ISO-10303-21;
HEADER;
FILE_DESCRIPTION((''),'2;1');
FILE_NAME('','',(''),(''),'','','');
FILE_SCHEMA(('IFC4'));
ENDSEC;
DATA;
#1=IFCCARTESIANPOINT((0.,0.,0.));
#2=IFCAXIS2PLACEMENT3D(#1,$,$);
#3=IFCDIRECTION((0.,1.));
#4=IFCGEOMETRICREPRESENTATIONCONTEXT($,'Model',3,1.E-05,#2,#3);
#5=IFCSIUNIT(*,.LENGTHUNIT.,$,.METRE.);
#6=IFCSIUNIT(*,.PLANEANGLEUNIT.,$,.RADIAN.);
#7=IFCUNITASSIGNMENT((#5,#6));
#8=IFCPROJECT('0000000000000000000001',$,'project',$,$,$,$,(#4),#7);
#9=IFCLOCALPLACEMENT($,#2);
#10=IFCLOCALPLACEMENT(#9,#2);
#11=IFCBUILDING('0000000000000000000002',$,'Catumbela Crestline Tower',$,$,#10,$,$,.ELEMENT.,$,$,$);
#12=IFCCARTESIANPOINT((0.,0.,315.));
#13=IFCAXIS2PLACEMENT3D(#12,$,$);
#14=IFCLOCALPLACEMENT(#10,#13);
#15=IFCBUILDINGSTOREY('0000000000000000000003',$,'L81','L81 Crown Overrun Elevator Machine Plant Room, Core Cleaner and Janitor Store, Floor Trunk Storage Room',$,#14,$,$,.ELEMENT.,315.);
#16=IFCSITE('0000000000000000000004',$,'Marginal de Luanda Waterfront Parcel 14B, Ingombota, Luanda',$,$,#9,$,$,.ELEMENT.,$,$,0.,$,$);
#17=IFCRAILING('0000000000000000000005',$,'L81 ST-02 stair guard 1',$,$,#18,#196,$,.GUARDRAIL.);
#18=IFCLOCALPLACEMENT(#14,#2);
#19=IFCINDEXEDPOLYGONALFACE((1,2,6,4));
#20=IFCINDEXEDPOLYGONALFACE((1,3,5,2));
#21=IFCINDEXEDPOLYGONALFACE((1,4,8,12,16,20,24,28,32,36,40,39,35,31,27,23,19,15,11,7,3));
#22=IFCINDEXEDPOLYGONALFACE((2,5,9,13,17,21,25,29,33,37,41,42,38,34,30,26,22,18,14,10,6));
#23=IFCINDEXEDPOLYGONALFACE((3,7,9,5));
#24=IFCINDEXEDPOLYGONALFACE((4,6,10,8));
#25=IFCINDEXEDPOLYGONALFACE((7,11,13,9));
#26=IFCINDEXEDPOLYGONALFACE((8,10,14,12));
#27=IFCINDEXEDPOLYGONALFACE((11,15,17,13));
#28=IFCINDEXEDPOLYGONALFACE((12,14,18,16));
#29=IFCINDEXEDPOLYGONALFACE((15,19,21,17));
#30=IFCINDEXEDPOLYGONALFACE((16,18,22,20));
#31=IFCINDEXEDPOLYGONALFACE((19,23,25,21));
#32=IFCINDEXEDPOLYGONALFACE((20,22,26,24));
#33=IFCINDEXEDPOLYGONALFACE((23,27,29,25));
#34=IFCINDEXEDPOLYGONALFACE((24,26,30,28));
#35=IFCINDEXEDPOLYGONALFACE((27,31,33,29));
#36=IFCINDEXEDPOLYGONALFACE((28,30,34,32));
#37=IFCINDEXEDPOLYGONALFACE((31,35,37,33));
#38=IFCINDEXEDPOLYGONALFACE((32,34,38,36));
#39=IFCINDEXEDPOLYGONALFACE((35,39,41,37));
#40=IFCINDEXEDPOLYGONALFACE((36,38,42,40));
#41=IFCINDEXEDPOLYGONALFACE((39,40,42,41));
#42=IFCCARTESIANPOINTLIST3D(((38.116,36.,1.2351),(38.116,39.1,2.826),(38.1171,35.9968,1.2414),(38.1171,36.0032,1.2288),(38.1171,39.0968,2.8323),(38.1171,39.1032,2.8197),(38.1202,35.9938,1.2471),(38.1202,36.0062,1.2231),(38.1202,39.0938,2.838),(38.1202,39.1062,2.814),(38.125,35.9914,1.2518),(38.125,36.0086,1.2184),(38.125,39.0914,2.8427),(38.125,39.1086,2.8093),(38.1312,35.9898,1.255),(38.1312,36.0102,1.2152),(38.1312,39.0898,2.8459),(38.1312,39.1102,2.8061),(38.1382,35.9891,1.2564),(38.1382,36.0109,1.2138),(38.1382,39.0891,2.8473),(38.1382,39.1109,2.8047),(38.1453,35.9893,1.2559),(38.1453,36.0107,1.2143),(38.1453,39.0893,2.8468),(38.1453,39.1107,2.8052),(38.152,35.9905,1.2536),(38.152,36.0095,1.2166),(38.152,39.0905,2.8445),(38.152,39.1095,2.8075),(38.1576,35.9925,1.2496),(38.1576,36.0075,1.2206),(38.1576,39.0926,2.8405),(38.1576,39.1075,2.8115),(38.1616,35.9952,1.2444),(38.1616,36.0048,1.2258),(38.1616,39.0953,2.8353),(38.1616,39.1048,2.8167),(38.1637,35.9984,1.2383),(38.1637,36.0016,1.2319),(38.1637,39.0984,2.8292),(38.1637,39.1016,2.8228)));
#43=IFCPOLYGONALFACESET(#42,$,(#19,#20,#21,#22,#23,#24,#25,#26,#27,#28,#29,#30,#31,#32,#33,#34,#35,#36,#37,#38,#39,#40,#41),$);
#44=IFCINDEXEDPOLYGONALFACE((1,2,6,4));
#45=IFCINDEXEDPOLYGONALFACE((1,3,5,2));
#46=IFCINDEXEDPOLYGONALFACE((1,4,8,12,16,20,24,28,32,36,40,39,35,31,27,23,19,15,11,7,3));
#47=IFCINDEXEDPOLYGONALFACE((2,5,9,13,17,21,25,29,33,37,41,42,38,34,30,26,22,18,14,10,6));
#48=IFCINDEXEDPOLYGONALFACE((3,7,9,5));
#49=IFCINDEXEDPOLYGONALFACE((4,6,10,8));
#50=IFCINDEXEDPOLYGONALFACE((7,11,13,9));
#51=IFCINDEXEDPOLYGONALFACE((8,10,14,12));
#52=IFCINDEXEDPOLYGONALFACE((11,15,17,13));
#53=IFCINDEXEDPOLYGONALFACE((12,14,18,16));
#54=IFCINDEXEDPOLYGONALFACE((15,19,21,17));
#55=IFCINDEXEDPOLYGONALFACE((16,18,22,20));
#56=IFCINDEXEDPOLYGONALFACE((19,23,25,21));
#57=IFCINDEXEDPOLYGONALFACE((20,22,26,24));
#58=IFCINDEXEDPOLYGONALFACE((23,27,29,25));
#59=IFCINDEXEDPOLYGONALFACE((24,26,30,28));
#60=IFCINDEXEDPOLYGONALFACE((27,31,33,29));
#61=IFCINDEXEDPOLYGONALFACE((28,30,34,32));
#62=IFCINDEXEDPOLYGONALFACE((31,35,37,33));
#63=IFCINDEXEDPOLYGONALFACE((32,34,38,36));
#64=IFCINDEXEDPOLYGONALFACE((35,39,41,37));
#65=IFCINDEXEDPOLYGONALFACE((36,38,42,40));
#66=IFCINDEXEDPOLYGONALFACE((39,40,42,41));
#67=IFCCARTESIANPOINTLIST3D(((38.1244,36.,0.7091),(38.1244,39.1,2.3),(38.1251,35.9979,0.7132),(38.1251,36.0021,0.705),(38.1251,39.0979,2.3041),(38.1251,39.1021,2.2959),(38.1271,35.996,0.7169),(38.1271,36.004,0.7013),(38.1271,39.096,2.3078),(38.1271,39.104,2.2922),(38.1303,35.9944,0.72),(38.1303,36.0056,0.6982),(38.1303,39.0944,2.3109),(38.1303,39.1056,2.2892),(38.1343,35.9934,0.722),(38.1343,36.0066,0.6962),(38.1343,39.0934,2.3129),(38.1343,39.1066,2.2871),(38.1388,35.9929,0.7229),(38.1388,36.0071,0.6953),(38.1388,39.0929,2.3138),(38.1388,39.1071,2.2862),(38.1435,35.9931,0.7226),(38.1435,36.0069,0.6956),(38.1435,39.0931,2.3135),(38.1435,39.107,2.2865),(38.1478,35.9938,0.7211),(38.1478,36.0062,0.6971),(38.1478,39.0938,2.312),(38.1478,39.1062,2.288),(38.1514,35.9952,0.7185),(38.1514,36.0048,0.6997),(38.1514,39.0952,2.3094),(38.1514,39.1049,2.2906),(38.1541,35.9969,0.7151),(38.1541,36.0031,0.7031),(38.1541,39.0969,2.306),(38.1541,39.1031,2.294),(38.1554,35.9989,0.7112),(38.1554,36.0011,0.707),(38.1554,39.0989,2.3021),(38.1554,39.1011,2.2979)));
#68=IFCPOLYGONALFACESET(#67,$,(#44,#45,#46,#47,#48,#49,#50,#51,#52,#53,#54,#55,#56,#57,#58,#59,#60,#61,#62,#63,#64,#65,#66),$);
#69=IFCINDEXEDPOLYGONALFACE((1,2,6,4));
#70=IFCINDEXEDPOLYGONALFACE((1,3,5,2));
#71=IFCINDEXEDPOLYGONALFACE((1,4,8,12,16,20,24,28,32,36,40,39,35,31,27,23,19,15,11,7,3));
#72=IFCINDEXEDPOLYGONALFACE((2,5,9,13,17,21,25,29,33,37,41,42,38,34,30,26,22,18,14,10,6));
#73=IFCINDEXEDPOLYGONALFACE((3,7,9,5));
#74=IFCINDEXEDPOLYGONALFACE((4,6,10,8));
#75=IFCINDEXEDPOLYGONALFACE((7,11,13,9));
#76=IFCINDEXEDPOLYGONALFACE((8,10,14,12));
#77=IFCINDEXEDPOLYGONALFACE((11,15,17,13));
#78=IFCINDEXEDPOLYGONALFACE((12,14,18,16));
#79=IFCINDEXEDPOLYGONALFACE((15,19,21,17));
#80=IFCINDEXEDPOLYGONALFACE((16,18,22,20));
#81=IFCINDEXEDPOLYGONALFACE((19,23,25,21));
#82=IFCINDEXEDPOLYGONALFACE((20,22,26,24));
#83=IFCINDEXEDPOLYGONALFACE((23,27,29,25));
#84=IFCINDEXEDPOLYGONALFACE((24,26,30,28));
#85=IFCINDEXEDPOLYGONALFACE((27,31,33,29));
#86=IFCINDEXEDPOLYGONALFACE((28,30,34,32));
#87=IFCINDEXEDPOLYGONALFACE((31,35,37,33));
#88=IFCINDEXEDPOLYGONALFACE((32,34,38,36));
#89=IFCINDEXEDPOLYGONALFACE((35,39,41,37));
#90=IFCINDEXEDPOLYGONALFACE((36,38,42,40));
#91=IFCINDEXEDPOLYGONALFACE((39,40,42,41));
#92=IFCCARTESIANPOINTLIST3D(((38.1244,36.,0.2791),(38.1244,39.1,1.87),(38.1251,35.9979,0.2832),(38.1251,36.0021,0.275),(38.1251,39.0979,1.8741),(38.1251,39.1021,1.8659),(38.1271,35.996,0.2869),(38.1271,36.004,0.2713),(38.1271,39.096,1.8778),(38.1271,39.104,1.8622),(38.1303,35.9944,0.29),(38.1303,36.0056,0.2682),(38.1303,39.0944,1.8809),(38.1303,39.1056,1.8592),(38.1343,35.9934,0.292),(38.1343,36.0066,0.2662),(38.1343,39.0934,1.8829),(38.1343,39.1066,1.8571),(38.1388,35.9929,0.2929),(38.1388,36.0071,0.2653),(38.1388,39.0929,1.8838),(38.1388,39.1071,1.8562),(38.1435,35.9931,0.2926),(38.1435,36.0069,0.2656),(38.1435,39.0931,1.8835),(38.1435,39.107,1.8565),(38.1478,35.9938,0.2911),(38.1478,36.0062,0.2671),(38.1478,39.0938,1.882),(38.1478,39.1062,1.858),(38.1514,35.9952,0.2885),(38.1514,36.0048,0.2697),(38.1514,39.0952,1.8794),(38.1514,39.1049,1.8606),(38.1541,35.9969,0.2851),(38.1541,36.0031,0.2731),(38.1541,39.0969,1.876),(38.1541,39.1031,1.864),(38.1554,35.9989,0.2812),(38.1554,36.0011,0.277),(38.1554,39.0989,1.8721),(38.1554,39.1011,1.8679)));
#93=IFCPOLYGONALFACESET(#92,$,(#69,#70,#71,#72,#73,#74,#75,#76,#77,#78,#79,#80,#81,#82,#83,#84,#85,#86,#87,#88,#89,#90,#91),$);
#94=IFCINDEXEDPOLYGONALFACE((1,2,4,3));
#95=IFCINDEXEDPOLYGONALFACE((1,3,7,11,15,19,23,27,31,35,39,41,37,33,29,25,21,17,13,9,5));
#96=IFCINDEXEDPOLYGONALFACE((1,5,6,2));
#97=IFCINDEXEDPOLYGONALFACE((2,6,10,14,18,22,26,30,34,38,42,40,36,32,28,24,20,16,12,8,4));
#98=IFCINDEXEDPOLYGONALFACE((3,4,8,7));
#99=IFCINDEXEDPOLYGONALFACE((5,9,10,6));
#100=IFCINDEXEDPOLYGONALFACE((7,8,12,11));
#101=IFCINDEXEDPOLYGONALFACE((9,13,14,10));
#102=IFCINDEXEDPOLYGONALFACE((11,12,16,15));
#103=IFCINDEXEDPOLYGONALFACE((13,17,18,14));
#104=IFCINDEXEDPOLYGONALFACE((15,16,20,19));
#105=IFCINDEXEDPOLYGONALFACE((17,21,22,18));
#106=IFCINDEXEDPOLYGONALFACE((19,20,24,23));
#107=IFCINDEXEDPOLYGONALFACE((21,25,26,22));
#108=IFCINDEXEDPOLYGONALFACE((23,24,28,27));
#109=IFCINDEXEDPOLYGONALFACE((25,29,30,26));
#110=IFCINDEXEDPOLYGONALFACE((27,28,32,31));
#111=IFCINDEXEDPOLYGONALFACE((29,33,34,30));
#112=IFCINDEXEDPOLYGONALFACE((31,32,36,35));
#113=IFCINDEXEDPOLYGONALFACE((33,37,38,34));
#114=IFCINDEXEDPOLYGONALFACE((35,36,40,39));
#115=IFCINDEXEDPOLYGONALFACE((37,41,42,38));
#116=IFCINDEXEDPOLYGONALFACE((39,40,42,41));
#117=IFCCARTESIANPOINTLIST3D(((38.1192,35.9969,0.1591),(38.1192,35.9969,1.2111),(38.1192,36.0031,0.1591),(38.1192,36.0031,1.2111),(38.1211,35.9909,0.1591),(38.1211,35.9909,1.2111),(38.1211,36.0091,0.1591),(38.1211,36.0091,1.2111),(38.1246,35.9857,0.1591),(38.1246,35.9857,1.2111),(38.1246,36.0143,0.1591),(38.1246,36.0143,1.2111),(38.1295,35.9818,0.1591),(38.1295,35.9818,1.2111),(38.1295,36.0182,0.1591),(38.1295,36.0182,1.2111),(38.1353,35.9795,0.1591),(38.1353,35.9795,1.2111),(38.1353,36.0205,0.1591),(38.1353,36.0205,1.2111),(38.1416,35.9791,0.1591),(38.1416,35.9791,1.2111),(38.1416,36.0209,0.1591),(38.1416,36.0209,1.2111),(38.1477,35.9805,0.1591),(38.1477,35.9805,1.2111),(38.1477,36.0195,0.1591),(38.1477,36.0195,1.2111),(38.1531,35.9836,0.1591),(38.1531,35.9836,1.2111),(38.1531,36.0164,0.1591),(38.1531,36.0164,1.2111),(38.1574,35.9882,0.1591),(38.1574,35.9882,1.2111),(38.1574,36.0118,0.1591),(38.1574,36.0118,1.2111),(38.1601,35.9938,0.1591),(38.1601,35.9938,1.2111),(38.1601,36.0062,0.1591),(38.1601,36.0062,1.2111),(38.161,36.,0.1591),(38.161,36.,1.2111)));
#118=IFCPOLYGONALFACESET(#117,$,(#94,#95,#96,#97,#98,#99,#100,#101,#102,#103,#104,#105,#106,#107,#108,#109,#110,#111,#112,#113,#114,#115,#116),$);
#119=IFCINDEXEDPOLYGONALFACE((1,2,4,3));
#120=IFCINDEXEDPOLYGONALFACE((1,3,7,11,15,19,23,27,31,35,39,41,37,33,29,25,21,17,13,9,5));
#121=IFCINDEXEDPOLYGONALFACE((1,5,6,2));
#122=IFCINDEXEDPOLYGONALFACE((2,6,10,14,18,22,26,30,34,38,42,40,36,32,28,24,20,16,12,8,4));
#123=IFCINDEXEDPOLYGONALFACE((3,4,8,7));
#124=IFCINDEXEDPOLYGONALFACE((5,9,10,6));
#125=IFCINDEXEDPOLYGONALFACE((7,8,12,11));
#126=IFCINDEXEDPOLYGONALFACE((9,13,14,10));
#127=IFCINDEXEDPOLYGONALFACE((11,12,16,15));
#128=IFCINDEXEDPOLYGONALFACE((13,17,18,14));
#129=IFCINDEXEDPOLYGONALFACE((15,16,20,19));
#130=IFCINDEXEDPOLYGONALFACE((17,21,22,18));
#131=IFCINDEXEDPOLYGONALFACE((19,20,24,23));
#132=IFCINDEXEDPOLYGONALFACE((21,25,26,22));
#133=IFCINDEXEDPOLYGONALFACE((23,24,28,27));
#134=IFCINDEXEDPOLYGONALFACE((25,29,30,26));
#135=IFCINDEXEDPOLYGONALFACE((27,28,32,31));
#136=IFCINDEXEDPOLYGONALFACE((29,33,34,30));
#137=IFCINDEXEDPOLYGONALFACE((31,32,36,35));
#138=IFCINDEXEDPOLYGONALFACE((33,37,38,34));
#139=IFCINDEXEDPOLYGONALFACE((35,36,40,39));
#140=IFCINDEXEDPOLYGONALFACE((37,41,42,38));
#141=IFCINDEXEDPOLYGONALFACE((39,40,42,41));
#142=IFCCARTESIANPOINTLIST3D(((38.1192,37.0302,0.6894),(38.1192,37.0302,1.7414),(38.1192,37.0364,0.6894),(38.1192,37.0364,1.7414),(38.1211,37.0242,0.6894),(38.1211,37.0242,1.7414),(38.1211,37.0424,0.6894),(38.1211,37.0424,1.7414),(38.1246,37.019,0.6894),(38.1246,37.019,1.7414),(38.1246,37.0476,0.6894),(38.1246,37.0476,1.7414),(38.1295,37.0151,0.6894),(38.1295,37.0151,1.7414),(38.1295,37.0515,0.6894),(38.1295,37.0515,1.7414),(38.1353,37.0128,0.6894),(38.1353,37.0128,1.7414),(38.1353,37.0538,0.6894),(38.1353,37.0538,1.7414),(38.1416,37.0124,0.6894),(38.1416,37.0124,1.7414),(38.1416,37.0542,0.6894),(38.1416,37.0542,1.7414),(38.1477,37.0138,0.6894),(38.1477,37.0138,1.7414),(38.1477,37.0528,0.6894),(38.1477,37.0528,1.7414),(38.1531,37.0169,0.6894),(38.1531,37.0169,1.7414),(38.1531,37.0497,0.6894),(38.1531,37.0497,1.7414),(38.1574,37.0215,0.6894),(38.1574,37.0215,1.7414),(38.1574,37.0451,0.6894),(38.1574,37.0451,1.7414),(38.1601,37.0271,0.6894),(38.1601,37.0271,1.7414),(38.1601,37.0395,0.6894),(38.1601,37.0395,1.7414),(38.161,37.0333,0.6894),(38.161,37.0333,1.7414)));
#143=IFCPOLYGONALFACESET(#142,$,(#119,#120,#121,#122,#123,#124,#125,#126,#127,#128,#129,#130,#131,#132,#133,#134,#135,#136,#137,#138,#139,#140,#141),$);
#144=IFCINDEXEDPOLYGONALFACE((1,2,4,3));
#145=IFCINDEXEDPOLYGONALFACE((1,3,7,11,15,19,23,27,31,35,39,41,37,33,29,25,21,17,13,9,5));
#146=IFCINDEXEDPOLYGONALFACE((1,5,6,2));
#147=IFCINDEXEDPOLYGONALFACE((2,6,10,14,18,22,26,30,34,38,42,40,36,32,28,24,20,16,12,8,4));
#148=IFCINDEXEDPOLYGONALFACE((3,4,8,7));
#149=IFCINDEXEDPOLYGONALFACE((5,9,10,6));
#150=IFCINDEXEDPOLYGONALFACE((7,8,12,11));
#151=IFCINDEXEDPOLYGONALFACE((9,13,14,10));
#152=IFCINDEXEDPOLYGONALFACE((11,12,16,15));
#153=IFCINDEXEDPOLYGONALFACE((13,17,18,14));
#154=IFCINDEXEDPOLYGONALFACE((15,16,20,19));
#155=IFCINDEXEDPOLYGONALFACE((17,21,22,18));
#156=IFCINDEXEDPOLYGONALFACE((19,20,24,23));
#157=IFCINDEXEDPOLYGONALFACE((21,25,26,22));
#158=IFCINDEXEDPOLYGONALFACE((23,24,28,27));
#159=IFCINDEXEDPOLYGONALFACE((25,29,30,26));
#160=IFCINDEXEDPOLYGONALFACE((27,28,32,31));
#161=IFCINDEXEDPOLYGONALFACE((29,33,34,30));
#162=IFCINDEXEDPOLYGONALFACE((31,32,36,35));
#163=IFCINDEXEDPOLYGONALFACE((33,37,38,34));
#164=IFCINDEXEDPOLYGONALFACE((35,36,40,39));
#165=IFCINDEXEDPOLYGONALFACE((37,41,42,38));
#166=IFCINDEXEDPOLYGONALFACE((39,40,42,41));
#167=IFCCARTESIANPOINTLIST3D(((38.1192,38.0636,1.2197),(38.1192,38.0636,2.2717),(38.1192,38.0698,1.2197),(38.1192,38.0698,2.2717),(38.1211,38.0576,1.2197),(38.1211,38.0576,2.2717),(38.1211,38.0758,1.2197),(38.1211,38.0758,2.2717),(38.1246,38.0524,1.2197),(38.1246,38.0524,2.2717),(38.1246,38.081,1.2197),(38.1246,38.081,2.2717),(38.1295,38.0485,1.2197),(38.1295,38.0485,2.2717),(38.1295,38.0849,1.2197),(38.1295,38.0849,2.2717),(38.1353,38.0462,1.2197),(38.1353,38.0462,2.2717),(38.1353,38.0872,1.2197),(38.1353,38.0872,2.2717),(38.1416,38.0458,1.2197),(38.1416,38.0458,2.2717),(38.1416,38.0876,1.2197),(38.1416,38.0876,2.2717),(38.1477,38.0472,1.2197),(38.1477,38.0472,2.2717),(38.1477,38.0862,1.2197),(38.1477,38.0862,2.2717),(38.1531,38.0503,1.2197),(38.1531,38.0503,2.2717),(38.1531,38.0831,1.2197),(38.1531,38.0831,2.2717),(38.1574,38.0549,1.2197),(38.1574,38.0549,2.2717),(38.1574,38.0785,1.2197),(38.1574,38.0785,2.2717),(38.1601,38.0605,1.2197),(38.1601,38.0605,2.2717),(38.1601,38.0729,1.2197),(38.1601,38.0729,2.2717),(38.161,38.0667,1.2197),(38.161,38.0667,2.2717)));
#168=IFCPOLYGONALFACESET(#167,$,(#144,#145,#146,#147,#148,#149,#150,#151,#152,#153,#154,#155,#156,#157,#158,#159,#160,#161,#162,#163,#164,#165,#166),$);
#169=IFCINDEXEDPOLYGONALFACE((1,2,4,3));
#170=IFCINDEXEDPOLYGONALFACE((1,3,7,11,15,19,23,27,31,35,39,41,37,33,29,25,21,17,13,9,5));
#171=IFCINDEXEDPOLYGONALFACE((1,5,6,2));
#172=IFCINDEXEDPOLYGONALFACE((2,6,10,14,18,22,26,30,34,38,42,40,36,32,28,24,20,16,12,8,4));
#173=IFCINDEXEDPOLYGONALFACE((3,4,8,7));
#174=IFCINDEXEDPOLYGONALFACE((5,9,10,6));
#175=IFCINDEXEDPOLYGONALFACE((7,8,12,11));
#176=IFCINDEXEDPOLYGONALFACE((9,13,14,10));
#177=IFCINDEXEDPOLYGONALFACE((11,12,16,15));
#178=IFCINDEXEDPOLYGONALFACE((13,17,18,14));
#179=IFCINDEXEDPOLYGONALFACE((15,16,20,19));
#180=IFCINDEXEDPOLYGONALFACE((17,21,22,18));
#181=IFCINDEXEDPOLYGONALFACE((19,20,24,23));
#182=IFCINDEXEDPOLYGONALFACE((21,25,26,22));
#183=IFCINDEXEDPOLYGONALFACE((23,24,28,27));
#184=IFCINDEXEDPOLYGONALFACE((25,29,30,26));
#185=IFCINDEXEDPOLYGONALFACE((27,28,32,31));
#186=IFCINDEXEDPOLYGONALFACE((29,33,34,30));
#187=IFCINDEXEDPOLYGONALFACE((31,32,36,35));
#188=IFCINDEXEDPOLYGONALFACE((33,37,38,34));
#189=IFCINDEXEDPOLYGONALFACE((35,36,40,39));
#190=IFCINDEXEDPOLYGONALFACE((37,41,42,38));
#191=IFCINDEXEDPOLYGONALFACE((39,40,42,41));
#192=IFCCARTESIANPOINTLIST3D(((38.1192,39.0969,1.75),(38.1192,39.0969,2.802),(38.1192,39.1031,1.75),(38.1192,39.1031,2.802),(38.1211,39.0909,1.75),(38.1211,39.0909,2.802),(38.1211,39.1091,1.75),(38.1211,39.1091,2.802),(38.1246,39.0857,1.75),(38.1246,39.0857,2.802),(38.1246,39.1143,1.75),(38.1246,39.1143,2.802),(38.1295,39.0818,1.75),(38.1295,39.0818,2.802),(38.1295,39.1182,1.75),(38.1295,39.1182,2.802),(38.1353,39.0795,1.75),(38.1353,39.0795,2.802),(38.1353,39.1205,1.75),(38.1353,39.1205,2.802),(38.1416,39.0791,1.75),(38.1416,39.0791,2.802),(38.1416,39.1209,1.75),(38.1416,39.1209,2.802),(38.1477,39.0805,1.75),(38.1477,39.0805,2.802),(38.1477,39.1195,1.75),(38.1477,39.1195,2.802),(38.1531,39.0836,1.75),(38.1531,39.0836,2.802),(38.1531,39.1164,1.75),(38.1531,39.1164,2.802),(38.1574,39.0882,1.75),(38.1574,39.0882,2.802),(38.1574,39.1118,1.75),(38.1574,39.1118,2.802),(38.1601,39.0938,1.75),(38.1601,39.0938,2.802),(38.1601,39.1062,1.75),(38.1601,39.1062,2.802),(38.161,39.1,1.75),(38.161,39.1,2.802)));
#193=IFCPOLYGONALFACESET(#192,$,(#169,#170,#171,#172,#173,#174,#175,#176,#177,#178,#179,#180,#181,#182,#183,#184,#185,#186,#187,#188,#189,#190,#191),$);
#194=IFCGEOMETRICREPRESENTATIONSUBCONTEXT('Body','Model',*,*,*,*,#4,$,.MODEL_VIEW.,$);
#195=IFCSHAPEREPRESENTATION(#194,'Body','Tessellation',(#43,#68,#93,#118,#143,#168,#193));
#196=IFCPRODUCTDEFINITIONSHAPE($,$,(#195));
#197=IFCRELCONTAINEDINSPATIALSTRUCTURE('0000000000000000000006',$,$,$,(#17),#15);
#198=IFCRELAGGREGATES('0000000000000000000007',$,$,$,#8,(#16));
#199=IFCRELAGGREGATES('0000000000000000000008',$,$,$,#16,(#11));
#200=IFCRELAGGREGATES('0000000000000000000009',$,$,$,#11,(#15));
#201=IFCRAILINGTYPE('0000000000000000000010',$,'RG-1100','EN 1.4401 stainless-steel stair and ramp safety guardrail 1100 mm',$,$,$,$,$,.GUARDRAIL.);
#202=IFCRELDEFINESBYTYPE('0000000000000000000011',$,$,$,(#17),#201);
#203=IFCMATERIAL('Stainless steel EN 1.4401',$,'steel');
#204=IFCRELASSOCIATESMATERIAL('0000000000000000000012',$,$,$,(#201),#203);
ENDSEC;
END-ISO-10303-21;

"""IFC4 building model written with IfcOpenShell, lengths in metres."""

from ifc_helpers import new_model, si_unit, direction, frame, origin, origin_2d, place, context, subcontext, project, spatial, circle, extrude, material, type_object, element, save


model = new_model("IFC4")

# Units and contexts
model_context = context("Model", 3, precision=1e-05, world=origin(), true_north=direction((0.0, 1.0)))
body_context = subcontext(model_context, "Body", "Model", "MODEL_VIEW")
ifc_project = project(units=[si_unit("LENGTHUNIT", "METRE"), si_unit("PLANEANGLEUNIT", "RADIAN")], contexts=[model_context])

# Site, building, storey
site_placement = place(None, origin())
site = spatial("IfcSite", under=ifc_project, at=site_placement, Name="Marginal de Luanda Waterfront Parcel 14B, Ingombota, Luanda", CompositionType="ELEMENT", RefElevation=0.0)
building_placement = place(site_placement, origin())
building = spatial("IfcBuilding", under=site, at=building_placement, Name="Catumbela Crestline Tower", CompositionType="ELEMENT")
storey_placement = place(building_placement, frame((0.0, 0.0, 315.0)))
storey = spatial("IfcBuildingStorey", under=building, at=storey_placement, Name="L81", Description="L81 Crown Overrun Elevator Machine Plant Room, Core Cleaner and Janitor Store, Floor Trunk Storage Room", CompositionType="ELEMENT", Elevation=315.0)

# Railing
ifc_material_1 = material(Name="Stainless steel EN 1.4401", Category="steel")
railing_type_1 = type_object("IfcRailingType", Name="RG-1100", Description="EN 1.4401 stainless-steel stair and ramp safety guardrail 1100 mm", PredefinedType="GUARDRAIL", material=ifc_material_1)
railing_1_placement = place(storey_placement, frame((38.14, 36.0, 0.1591)))
element("IfcRailing", 1, at=railing_1_placement, inside=storey, type_object=railing_type_1, Name="L81 ST-02 stair guard 1", PredefinedType="GUARDRAIL", context=body_context, shape_type="SweptSolid", body=[
    extrude(circle(Radius=0.024, at=origin_2d()), frame((0.0, 0.0, 1.076), z_axis=(0.0, 0.889683, 0.456579), x_axis=(-1.0, 0.0, 0.0)), (0.0, 0.0, 1.0), 3.4844),
    extrude(circle(Radius=0.0156, at=origin_2d()), frame((0.0, 0.0, 0.55), z_axis=(0.0, 0.889683, 0.456579), x_axis=(-1.0, 0.0, 0.0)), (0.0, 0.0, 1.0), 3.4844),
    extrude(circle(Radius=0.0156, at=origin_2d()), frame((0.0, 0.0, 0.12), z_axis=(0.0, 0.889683, 0.456579), x_axis=(-1.0, 0.0, 0.0)), (0.0, 0.0, 1.0), 3.4844),
    extrude(circle(Radius=0.021, at=origin_2d()), origin(), (0.0, 0.0, 1.0), 1.052),
    extrude(circle(Radius=0.021, at=origin_2d()), frame((0.0, 1.0333, 0.5303)), (0.0, 0.0, 1.0), 1.052),
    extrude(circle(Radius=0.021, at=origin_2d()), frame((0.0, 2.0667, 1.0606)), (0.0, 0.0, 1.0), 1.052),
    extrude(circle(Radius=0.021, at=origin_2d()), frame((0.0, 3.1, 1.5909)), (0.0, 0.0, 1.0), 1.052),
])

save(model, "model.ifc")
